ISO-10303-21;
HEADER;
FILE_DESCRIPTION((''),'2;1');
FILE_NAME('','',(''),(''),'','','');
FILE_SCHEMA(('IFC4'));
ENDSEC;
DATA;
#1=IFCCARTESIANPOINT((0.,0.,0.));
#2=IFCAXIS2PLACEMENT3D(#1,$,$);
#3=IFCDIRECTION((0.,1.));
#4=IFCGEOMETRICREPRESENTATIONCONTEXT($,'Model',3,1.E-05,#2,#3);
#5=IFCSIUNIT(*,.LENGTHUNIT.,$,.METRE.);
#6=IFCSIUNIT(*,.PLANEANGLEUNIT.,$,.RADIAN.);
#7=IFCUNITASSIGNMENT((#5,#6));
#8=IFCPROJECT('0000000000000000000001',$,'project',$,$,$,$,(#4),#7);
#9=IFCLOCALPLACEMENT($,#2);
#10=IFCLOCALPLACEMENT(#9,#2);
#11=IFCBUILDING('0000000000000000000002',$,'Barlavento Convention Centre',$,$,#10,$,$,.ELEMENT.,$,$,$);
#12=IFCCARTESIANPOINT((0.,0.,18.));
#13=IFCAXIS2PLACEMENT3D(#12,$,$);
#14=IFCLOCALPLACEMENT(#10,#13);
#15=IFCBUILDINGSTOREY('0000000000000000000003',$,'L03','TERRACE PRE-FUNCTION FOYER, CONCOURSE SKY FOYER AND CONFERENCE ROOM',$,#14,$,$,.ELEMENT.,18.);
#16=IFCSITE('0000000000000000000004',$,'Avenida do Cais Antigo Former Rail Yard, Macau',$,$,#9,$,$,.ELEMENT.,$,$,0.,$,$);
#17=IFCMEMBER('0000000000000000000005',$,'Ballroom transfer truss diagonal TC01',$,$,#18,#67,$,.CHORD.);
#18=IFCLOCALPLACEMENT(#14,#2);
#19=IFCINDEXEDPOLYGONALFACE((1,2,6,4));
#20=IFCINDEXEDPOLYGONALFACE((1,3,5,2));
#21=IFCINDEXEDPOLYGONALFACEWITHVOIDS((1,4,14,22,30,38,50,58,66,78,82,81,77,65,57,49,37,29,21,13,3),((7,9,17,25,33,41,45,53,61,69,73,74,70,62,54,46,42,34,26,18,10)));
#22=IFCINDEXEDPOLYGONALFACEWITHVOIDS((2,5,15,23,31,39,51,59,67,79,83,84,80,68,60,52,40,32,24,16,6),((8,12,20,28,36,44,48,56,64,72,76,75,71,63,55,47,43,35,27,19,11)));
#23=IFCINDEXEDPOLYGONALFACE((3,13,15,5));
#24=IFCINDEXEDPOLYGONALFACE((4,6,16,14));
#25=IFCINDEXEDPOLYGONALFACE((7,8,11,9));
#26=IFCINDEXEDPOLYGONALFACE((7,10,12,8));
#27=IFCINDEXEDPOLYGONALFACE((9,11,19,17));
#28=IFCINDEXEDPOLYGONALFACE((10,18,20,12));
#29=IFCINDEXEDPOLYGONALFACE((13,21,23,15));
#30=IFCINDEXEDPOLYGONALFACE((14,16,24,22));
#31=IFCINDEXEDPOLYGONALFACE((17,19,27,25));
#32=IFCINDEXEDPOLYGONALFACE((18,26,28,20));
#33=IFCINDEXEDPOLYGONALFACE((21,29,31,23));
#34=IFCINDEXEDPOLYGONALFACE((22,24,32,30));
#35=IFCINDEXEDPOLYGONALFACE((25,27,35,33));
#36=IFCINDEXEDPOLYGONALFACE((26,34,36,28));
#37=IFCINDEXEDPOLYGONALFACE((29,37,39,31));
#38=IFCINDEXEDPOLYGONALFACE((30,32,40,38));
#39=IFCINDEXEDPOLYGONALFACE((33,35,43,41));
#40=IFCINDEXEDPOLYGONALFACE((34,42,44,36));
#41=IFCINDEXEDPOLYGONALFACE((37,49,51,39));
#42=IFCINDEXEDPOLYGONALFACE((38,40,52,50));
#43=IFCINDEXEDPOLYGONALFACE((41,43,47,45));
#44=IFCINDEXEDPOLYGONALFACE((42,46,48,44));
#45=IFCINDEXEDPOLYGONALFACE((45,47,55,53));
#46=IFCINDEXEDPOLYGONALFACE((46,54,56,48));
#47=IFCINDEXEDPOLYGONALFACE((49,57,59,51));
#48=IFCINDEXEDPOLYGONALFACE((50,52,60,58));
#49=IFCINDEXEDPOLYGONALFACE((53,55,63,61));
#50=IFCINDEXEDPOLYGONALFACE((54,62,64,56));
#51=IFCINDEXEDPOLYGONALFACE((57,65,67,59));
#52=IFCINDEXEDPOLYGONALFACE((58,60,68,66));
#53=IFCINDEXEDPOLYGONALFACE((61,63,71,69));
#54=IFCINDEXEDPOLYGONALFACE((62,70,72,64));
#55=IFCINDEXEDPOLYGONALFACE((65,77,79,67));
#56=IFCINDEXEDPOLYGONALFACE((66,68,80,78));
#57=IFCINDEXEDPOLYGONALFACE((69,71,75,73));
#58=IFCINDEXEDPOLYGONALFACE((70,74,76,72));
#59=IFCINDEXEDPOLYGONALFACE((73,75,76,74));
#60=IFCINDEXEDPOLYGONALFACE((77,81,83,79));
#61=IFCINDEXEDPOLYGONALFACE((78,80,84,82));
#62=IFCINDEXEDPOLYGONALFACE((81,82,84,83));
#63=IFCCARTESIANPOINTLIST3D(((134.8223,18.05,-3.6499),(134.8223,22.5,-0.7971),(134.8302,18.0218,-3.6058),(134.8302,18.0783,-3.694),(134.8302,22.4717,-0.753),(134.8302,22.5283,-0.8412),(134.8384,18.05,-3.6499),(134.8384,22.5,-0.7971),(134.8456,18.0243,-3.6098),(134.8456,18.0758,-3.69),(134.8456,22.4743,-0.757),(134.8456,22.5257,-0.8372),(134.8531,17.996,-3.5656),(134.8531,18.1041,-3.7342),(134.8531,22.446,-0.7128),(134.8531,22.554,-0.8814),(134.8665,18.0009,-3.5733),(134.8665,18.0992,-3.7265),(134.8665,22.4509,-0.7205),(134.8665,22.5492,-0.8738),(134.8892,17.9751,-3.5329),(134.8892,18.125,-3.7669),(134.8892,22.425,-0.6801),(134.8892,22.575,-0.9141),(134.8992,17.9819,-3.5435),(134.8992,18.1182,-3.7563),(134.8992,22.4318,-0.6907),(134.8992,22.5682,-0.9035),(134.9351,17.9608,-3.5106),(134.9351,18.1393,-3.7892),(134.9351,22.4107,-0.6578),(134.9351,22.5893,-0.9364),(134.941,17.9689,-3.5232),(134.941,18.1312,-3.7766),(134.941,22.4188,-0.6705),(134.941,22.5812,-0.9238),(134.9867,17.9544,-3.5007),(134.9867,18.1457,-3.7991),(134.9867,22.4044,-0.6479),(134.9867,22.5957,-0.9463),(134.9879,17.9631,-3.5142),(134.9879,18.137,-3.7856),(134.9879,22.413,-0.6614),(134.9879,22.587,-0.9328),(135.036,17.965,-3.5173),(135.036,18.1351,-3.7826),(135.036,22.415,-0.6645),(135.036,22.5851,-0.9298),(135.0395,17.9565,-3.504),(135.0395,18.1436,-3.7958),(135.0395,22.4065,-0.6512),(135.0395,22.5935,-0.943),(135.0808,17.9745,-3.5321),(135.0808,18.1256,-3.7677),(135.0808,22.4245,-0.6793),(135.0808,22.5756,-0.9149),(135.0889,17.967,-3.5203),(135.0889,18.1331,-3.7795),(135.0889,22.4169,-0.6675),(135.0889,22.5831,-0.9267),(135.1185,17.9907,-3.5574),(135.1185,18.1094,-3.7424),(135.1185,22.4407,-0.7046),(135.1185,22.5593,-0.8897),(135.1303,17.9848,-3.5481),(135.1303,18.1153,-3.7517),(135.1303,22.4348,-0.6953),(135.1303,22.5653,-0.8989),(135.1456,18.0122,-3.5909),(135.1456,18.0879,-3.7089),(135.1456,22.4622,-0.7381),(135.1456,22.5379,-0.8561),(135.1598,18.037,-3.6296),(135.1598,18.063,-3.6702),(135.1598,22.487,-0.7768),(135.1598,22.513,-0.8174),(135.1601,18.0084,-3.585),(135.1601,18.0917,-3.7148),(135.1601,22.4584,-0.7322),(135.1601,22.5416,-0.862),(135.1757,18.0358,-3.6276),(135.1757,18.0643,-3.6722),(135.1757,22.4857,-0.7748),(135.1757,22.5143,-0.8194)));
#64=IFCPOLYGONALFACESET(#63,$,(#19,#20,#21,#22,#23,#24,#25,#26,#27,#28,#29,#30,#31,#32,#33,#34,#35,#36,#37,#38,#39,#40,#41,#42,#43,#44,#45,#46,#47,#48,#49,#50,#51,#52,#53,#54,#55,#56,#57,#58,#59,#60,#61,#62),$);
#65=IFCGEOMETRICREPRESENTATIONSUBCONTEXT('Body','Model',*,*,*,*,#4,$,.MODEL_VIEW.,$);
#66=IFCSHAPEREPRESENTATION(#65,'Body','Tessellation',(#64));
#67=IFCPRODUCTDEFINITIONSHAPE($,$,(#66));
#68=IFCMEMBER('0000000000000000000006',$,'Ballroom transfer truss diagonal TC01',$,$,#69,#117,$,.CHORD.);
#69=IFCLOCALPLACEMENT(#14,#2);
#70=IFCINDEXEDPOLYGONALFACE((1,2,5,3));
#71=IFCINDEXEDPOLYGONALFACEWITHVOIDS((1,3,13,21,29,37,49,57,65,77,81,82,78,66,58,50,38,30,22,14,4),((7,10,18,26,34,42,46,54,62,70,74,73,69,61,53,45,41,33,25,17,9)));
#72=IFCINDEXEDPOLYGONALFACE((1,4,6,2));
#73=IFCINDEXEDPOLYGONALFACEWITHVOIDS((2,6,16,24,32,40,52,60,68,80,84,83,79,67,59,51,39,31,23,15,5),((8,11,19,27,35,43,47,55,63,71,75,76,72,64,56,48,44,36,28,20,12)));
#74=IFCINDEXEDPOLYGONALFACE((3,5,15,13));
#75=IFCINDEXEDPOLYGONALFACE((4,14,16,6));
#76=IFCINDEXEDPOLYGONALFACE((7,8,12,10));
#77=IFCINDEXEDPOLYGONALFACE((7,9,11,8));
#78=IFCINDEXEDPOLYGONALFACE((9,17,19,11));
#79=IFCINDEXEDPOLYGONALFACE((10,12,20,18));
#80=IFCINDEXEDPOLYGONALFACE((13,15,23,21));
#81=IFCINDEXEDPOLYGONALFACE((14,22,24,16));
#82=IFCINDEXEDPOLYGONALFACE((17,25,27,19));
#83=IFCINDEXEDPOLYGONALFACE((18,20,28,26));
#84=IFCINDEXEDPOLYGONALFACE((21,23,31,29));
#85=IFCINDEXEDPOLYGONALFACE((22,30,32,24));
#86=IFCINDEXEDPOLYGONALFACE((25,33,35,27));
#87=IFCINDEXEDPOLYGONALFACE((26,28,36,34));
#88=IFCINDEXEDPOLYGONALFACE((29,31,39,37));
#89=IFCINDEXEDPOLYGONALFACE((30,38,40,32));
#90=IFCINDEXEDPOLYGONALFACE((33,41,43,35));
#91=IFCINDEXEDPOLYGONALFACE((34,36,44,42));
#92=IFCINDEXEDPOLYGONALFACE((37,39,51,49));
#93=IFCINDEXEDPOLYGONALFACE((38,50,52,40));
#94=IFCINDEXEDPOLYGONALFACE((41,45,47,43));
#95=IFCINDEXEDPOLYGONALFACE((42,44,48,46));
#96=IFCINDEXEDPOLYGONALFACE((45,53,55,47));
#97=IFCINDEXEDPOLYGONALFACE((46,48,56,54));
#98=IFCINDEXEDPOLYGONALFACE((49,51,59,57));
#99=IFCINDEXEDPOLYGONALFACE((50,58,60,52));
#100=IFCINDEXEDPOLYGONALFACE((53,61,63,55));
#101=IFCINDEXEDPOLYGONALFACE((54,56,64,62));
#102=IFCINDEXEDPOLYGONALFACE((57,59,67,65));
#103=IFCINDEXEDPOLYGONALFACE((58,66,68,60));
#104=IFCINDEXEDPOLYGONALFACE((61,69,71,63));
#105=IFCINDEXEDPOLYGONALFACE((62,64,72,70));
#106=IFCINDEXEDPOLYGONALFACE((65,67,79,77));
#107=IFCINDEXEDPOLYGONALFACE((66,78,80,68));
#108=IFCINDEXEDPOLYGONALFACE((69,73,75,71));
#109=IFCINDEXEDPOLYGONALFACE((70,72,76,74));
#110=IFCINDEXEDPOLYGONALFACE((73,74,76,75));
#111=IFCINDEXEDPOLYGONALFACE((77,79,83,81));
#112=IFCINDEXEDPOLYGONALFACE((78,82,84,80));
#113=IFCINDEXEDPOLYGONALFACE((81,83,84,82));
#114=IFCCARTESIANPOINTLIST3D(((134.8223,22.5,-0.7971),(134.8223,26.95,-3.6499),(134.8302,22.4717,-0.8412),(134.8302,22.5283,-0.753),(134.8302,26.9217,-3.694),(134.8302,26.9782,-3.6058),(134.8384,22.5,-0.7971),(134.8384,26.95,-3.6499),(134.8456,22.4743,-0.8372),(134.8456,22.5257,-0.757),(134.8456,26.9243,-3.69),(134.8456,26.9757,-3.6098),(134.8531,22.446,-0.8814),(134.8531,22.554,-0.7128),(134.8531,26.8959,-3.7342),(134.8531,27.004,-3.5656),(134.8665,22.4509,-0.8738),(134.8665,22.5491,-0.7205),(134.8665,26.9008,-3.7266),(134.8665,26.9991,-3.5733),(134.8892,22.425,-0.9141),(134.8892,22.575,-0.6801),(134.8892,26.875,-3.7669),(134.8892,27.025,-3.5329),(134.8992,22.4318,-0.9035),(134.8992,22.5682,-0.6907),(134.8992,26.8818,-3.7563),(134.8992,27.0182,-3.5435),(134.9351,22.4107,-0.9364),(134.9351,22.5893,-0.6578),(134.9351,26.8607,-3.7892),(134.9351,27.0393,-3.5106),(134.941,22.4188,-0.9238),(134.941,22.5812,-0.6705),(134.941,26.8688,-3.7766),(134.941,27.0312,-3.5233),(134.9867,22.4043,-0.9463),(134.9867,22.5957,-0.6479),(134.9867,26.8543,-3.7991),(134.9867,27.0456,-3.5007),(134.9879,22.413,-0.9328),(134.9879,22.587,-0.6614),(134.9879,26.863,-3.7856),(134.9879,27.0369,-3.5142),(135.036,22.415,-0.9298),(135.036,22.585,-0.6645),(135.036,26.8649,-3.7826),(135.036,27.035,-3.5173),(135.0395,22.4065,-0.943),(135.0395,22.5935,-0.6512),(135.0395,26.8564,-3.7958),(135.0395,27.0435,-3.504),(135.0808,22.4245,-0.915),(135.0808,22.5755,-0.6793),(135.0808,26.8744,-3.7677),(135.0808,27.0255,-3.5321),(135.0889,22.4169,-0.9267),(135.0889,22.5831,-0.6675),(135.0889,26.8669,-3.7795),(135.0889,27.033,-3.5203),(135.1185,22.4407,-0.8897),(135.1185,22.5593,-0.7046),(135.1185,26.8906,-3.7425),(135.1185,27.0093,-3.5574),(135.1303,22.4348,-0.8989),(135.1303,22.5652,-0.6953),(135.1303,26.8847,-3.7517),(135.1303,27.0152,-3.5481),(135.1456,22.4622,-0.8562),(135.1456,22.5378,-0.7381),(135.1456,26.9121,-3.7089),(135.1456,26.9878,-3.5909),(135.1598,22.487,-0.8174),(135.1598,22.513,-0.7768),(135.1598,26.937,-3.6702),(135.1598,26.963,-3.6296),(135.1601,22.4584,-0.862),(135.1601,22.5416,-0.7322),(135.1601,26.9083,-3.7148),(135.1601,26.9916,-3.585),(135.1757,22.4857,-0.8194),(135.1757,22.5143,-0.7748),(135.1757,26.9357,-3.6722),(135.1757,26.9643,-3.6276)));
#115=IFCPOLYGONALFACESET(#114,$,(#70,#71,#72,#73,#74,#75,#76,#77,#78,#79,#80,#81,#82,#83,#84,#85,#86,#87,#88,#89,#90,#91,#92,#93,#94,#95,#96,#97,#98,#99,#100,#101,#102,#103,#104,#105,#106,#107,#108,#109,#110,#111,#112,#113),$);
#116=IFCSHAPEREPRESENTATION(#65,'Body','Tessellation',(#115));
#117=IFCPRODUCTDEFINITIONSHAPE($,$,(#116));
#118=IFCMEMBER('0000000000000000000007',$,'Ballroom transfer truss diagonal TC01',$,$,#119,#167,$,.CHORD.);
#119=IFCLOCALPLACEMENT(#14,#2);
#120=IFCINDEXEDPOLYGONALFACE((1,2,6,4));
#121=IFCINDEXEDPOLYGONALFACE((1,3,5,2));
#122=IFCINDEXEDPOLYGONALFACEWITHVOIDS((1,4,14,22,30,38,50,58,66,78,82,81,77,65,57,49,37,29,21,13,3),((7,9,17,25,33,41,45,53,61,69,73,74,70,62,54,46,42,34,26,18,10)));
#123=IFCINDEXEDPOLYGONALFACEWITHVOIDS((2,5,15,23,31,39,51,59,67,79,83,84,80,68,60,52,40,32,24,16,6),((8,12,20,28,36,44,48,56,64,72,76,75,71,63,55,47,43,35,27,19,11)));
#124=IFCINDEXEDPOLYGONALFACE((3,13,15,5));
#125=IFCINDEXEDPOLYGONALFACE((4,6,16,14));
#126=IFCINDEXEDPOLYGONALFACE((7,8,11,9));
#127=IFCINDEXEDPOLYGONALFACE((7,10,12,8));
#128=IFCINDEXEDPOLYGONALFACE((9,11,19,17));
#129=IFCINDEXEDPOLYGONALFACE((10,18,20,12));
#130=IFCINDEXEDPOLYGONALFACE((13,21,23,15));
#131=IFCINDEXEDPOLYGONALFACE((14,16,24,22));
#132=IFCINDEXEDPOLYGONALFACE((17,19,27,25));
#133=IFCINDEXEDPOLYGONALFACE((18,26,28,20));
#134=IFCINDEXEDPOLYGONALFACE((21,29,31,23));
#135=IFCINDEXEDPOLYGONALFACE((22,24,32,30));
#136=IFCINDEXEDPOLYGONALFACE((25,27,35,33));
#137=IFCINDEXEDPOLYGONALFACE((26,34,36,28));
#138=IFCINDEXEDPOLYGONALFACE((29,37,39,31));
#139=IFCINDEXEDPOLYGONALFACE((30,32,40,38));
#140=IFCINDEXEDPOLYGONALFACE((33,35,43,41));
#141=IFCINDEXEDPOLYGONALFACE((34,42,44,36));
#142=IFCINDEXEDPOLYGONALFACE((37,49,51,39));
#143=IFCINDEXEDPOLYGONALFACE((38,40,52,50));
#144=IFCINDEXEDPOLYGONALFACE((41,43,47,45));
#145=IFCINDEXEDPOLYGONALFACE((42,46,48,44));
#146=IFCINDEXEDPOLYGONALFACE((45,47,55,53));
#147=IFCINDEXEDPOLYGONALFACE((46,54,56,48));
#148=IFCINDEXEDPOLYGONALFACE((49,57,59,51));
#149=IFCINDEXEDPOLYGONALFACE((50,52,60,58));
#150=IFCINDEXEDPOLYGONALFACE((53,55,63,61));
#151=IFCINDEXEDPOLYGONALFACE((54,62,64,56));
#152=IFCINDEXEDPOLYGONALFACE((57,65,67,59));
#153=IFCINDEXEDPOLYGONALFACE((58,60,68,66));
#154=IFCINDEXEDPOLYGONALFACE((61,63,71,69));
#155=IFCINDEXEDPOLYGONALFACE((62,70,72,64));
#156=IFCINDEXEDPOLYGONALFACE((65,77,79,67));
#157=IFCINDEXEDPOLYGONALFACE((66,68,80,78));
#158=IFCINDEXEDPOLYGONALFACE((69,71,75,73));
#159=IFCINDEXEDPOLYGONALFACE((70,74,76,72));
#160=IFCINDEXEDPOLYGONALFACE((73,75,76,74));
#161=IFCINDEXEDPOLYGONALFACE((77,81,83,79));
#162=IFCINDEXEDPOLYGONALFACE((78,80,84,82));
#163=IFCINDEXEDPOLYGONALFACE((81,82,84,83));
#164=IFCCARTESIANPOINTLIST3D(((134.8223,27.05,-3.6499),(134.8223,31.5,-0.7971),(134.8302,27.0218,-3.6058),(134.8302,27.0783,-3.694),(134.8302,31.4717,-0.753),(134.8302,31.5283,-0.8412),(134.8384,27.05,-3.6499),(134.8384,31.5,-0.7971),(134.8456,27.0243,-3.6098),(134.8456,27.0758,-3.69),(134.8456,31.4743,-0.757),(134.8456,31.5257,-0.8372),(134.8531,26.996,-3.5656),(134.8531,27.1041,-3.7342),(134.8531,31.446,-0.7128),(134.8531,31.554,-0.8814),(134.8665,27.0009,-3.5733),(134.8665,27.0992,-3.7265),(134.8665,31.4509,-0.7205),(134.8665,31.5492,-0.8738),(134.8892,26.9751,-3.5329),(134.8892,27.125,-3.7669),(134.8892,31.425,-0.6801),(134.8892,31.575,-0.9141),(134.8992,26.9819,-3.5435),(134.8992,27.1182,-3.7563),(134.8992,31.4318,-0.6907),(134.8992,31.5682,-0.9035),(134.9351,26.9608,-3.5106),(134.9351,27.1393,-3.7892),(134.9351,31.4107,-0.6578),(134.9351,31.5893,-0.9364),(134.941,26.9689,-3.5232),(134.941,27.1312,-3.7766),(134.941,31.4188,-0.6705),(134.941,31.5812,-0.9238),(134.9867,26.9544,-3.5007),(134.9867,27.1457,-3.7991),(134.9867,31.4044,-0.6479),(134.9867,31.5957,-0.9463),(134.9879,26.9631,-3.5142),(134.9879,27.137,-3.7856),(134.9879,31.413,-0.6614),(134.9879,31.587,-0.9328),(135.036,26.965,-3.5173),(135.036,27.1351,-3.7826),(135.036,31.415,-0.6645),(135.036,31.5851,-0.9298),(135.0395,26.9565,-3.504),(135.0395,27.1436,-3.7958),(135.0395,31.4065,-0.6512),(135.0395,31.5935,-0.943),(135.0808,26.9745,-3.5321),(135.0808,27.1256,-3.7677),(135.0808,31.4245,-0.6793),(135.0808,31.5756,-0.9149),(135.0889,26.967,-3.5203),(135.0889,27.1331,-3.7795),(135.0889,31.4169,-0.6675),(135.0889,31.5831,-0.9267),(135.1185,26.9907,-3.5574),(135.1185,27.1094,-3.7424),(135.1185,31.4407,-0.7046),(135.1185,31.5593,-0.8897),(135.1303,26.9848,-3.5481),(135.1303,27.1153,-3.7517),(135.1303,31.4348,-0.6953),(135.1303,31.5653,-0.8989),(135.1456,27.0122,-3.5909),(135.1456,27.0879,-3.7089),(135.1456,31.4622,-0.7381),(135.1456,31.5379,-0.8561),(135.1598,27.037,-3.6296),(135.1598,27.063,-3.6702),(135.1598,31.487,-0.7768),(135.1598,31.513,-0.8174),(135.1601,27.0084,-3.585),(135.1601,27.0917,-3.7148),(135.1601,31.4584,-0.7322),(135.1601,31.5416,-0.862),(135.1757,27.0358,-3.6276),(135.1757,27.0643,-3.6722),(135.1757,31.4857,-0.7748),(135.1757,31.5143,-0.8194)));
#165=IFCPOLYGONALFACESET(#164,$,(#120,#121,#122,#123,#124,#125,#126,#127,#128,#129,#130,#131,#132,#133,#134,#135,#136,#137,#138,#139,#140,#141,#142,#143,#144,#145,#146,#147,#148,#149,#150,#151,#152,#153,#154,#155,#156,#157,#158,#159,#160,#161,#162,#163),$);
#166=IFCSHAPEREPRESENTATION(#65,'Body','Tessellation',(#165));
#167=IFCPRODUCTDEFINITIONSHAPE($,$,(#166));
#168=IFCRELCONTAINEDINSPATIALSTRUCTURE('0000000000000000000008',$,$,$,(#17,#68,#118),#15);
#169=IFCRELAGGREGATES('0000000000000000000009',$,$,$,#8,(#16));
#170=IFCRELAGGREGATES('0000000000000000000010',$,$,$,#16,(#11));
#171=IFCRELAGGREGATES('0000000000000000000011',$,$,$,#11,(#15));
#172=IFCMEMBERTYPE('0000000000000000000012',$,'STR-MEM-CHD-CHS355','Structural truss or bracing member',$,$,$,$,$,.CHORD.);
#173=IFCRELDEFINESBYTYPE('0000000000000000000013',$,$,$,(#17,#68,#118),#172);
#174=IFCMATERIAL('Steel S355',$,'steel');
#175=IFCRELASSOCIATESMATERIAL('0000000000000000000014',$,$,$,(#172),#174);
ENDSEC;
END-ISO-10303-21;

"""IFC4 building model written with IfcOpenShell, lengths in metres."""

from ifc_helpers import new_model, si_unit, direction, frame, origin, origin_2d, place, context, subcontext, project, spatial, hollow_circle, extrude, material, material_profile, profile_set, type_object, element, save


model = new_model("IFC4")

# Units and contexts
model_context = context("Model", 3, precision=1e-05, world=origin(), true_north=direction((0.0, 1.0)))
body_context = subcontext(model_context, "Body", "Model", "MODEL_VIEW")
ifc_project = project(units=[si_unit("LENGTHUNIT", "METRE"), si_unit("PLANEANGLEUNIT", "RADIAN")], contexts=[model_context])

# Site, building, storey
site_placement = place(None, origin())
site = spatial("IfcSite", under=ifc_project, at=site_placement, Name="Avenida do Cais Antigo Former Rail Yard, Macau", CompositionType="ELEMENT", RefElevation=0.0)
building_placement = place(site_placement, origin())
building = spatial("IfcBuilding", under=site, at=building_placement, Name="Barlavento Convention Centre", CompositionType="ELEMENT")
storey_placement = place(building_placement, frame((0.0, 0.0, 18.0)))
storey = spatial("IfcBuildingStorey", under=building, at=storey_placement, Name="L03", Description="TERRACE PRE-FUNCTION FOYER, CONCOURSE SKY FOYER AND CONFERENCE ROOM", CompositionType="ELEMENT", Elevation=18.0)

# Shared definitions
ifc_material_1 = material(Name="Steel S355", Category="steel")

# Members
ifc_material_profile_1 = material_profile(ifc_material_1, hollow_circle(Radius=0.1777, WallThickness=0.0161, at=origin_2d()), Name="CHS 355.6x16.0")
ifc_profile_set_1 = profile_set([ifc_material_profile_1], Name="Steel S355")
member_type_1 = type_object("IfcMemberType", Name="STR-MEM-CHD-CHS355", Description="Structural truss or bracing member", PredefinedType="CHORD", material=ifc_profile_set_1)
for number, where, z_axis, x_axis, name in (
    (1, (135.0, 18.05, -3.6499), (0.0, 0.841858, 0.5397), (-1.0, 0.0, 0.0), "Ballroom transfer truss diagonal TC01"),
    (2, (135.0, 22.5, -0.7971), (0.0, 0.841858, -0.5397), (-1.0, 0.0, 0.0), "Ballroom transfer truss diagonal TC01"),
    (3, (135.0, 27.05, -3.6499), (0.0, 0.841858, 0.5397), (-1.0, 0.0, 0.0), "Ballroom transfer truss diagonal TC01"),
):
    element("IfcMember", number, at=place(storey_placement, frame(where, z_axis=z_axis, x_axis=x_axis)), inside=storey, type_object=member_type_1, Name=name, PredefinedType="CHORD", context=body_context, shape_type="SweptSolid", body=[
        extrude(hollow_circle(Radius=0.1777, WallThickness=0.0161, at=origin_2d()), origin(), (0.0, 0.0, 1.0), 5.2859),
    ])

save(model, "model.ifc")
